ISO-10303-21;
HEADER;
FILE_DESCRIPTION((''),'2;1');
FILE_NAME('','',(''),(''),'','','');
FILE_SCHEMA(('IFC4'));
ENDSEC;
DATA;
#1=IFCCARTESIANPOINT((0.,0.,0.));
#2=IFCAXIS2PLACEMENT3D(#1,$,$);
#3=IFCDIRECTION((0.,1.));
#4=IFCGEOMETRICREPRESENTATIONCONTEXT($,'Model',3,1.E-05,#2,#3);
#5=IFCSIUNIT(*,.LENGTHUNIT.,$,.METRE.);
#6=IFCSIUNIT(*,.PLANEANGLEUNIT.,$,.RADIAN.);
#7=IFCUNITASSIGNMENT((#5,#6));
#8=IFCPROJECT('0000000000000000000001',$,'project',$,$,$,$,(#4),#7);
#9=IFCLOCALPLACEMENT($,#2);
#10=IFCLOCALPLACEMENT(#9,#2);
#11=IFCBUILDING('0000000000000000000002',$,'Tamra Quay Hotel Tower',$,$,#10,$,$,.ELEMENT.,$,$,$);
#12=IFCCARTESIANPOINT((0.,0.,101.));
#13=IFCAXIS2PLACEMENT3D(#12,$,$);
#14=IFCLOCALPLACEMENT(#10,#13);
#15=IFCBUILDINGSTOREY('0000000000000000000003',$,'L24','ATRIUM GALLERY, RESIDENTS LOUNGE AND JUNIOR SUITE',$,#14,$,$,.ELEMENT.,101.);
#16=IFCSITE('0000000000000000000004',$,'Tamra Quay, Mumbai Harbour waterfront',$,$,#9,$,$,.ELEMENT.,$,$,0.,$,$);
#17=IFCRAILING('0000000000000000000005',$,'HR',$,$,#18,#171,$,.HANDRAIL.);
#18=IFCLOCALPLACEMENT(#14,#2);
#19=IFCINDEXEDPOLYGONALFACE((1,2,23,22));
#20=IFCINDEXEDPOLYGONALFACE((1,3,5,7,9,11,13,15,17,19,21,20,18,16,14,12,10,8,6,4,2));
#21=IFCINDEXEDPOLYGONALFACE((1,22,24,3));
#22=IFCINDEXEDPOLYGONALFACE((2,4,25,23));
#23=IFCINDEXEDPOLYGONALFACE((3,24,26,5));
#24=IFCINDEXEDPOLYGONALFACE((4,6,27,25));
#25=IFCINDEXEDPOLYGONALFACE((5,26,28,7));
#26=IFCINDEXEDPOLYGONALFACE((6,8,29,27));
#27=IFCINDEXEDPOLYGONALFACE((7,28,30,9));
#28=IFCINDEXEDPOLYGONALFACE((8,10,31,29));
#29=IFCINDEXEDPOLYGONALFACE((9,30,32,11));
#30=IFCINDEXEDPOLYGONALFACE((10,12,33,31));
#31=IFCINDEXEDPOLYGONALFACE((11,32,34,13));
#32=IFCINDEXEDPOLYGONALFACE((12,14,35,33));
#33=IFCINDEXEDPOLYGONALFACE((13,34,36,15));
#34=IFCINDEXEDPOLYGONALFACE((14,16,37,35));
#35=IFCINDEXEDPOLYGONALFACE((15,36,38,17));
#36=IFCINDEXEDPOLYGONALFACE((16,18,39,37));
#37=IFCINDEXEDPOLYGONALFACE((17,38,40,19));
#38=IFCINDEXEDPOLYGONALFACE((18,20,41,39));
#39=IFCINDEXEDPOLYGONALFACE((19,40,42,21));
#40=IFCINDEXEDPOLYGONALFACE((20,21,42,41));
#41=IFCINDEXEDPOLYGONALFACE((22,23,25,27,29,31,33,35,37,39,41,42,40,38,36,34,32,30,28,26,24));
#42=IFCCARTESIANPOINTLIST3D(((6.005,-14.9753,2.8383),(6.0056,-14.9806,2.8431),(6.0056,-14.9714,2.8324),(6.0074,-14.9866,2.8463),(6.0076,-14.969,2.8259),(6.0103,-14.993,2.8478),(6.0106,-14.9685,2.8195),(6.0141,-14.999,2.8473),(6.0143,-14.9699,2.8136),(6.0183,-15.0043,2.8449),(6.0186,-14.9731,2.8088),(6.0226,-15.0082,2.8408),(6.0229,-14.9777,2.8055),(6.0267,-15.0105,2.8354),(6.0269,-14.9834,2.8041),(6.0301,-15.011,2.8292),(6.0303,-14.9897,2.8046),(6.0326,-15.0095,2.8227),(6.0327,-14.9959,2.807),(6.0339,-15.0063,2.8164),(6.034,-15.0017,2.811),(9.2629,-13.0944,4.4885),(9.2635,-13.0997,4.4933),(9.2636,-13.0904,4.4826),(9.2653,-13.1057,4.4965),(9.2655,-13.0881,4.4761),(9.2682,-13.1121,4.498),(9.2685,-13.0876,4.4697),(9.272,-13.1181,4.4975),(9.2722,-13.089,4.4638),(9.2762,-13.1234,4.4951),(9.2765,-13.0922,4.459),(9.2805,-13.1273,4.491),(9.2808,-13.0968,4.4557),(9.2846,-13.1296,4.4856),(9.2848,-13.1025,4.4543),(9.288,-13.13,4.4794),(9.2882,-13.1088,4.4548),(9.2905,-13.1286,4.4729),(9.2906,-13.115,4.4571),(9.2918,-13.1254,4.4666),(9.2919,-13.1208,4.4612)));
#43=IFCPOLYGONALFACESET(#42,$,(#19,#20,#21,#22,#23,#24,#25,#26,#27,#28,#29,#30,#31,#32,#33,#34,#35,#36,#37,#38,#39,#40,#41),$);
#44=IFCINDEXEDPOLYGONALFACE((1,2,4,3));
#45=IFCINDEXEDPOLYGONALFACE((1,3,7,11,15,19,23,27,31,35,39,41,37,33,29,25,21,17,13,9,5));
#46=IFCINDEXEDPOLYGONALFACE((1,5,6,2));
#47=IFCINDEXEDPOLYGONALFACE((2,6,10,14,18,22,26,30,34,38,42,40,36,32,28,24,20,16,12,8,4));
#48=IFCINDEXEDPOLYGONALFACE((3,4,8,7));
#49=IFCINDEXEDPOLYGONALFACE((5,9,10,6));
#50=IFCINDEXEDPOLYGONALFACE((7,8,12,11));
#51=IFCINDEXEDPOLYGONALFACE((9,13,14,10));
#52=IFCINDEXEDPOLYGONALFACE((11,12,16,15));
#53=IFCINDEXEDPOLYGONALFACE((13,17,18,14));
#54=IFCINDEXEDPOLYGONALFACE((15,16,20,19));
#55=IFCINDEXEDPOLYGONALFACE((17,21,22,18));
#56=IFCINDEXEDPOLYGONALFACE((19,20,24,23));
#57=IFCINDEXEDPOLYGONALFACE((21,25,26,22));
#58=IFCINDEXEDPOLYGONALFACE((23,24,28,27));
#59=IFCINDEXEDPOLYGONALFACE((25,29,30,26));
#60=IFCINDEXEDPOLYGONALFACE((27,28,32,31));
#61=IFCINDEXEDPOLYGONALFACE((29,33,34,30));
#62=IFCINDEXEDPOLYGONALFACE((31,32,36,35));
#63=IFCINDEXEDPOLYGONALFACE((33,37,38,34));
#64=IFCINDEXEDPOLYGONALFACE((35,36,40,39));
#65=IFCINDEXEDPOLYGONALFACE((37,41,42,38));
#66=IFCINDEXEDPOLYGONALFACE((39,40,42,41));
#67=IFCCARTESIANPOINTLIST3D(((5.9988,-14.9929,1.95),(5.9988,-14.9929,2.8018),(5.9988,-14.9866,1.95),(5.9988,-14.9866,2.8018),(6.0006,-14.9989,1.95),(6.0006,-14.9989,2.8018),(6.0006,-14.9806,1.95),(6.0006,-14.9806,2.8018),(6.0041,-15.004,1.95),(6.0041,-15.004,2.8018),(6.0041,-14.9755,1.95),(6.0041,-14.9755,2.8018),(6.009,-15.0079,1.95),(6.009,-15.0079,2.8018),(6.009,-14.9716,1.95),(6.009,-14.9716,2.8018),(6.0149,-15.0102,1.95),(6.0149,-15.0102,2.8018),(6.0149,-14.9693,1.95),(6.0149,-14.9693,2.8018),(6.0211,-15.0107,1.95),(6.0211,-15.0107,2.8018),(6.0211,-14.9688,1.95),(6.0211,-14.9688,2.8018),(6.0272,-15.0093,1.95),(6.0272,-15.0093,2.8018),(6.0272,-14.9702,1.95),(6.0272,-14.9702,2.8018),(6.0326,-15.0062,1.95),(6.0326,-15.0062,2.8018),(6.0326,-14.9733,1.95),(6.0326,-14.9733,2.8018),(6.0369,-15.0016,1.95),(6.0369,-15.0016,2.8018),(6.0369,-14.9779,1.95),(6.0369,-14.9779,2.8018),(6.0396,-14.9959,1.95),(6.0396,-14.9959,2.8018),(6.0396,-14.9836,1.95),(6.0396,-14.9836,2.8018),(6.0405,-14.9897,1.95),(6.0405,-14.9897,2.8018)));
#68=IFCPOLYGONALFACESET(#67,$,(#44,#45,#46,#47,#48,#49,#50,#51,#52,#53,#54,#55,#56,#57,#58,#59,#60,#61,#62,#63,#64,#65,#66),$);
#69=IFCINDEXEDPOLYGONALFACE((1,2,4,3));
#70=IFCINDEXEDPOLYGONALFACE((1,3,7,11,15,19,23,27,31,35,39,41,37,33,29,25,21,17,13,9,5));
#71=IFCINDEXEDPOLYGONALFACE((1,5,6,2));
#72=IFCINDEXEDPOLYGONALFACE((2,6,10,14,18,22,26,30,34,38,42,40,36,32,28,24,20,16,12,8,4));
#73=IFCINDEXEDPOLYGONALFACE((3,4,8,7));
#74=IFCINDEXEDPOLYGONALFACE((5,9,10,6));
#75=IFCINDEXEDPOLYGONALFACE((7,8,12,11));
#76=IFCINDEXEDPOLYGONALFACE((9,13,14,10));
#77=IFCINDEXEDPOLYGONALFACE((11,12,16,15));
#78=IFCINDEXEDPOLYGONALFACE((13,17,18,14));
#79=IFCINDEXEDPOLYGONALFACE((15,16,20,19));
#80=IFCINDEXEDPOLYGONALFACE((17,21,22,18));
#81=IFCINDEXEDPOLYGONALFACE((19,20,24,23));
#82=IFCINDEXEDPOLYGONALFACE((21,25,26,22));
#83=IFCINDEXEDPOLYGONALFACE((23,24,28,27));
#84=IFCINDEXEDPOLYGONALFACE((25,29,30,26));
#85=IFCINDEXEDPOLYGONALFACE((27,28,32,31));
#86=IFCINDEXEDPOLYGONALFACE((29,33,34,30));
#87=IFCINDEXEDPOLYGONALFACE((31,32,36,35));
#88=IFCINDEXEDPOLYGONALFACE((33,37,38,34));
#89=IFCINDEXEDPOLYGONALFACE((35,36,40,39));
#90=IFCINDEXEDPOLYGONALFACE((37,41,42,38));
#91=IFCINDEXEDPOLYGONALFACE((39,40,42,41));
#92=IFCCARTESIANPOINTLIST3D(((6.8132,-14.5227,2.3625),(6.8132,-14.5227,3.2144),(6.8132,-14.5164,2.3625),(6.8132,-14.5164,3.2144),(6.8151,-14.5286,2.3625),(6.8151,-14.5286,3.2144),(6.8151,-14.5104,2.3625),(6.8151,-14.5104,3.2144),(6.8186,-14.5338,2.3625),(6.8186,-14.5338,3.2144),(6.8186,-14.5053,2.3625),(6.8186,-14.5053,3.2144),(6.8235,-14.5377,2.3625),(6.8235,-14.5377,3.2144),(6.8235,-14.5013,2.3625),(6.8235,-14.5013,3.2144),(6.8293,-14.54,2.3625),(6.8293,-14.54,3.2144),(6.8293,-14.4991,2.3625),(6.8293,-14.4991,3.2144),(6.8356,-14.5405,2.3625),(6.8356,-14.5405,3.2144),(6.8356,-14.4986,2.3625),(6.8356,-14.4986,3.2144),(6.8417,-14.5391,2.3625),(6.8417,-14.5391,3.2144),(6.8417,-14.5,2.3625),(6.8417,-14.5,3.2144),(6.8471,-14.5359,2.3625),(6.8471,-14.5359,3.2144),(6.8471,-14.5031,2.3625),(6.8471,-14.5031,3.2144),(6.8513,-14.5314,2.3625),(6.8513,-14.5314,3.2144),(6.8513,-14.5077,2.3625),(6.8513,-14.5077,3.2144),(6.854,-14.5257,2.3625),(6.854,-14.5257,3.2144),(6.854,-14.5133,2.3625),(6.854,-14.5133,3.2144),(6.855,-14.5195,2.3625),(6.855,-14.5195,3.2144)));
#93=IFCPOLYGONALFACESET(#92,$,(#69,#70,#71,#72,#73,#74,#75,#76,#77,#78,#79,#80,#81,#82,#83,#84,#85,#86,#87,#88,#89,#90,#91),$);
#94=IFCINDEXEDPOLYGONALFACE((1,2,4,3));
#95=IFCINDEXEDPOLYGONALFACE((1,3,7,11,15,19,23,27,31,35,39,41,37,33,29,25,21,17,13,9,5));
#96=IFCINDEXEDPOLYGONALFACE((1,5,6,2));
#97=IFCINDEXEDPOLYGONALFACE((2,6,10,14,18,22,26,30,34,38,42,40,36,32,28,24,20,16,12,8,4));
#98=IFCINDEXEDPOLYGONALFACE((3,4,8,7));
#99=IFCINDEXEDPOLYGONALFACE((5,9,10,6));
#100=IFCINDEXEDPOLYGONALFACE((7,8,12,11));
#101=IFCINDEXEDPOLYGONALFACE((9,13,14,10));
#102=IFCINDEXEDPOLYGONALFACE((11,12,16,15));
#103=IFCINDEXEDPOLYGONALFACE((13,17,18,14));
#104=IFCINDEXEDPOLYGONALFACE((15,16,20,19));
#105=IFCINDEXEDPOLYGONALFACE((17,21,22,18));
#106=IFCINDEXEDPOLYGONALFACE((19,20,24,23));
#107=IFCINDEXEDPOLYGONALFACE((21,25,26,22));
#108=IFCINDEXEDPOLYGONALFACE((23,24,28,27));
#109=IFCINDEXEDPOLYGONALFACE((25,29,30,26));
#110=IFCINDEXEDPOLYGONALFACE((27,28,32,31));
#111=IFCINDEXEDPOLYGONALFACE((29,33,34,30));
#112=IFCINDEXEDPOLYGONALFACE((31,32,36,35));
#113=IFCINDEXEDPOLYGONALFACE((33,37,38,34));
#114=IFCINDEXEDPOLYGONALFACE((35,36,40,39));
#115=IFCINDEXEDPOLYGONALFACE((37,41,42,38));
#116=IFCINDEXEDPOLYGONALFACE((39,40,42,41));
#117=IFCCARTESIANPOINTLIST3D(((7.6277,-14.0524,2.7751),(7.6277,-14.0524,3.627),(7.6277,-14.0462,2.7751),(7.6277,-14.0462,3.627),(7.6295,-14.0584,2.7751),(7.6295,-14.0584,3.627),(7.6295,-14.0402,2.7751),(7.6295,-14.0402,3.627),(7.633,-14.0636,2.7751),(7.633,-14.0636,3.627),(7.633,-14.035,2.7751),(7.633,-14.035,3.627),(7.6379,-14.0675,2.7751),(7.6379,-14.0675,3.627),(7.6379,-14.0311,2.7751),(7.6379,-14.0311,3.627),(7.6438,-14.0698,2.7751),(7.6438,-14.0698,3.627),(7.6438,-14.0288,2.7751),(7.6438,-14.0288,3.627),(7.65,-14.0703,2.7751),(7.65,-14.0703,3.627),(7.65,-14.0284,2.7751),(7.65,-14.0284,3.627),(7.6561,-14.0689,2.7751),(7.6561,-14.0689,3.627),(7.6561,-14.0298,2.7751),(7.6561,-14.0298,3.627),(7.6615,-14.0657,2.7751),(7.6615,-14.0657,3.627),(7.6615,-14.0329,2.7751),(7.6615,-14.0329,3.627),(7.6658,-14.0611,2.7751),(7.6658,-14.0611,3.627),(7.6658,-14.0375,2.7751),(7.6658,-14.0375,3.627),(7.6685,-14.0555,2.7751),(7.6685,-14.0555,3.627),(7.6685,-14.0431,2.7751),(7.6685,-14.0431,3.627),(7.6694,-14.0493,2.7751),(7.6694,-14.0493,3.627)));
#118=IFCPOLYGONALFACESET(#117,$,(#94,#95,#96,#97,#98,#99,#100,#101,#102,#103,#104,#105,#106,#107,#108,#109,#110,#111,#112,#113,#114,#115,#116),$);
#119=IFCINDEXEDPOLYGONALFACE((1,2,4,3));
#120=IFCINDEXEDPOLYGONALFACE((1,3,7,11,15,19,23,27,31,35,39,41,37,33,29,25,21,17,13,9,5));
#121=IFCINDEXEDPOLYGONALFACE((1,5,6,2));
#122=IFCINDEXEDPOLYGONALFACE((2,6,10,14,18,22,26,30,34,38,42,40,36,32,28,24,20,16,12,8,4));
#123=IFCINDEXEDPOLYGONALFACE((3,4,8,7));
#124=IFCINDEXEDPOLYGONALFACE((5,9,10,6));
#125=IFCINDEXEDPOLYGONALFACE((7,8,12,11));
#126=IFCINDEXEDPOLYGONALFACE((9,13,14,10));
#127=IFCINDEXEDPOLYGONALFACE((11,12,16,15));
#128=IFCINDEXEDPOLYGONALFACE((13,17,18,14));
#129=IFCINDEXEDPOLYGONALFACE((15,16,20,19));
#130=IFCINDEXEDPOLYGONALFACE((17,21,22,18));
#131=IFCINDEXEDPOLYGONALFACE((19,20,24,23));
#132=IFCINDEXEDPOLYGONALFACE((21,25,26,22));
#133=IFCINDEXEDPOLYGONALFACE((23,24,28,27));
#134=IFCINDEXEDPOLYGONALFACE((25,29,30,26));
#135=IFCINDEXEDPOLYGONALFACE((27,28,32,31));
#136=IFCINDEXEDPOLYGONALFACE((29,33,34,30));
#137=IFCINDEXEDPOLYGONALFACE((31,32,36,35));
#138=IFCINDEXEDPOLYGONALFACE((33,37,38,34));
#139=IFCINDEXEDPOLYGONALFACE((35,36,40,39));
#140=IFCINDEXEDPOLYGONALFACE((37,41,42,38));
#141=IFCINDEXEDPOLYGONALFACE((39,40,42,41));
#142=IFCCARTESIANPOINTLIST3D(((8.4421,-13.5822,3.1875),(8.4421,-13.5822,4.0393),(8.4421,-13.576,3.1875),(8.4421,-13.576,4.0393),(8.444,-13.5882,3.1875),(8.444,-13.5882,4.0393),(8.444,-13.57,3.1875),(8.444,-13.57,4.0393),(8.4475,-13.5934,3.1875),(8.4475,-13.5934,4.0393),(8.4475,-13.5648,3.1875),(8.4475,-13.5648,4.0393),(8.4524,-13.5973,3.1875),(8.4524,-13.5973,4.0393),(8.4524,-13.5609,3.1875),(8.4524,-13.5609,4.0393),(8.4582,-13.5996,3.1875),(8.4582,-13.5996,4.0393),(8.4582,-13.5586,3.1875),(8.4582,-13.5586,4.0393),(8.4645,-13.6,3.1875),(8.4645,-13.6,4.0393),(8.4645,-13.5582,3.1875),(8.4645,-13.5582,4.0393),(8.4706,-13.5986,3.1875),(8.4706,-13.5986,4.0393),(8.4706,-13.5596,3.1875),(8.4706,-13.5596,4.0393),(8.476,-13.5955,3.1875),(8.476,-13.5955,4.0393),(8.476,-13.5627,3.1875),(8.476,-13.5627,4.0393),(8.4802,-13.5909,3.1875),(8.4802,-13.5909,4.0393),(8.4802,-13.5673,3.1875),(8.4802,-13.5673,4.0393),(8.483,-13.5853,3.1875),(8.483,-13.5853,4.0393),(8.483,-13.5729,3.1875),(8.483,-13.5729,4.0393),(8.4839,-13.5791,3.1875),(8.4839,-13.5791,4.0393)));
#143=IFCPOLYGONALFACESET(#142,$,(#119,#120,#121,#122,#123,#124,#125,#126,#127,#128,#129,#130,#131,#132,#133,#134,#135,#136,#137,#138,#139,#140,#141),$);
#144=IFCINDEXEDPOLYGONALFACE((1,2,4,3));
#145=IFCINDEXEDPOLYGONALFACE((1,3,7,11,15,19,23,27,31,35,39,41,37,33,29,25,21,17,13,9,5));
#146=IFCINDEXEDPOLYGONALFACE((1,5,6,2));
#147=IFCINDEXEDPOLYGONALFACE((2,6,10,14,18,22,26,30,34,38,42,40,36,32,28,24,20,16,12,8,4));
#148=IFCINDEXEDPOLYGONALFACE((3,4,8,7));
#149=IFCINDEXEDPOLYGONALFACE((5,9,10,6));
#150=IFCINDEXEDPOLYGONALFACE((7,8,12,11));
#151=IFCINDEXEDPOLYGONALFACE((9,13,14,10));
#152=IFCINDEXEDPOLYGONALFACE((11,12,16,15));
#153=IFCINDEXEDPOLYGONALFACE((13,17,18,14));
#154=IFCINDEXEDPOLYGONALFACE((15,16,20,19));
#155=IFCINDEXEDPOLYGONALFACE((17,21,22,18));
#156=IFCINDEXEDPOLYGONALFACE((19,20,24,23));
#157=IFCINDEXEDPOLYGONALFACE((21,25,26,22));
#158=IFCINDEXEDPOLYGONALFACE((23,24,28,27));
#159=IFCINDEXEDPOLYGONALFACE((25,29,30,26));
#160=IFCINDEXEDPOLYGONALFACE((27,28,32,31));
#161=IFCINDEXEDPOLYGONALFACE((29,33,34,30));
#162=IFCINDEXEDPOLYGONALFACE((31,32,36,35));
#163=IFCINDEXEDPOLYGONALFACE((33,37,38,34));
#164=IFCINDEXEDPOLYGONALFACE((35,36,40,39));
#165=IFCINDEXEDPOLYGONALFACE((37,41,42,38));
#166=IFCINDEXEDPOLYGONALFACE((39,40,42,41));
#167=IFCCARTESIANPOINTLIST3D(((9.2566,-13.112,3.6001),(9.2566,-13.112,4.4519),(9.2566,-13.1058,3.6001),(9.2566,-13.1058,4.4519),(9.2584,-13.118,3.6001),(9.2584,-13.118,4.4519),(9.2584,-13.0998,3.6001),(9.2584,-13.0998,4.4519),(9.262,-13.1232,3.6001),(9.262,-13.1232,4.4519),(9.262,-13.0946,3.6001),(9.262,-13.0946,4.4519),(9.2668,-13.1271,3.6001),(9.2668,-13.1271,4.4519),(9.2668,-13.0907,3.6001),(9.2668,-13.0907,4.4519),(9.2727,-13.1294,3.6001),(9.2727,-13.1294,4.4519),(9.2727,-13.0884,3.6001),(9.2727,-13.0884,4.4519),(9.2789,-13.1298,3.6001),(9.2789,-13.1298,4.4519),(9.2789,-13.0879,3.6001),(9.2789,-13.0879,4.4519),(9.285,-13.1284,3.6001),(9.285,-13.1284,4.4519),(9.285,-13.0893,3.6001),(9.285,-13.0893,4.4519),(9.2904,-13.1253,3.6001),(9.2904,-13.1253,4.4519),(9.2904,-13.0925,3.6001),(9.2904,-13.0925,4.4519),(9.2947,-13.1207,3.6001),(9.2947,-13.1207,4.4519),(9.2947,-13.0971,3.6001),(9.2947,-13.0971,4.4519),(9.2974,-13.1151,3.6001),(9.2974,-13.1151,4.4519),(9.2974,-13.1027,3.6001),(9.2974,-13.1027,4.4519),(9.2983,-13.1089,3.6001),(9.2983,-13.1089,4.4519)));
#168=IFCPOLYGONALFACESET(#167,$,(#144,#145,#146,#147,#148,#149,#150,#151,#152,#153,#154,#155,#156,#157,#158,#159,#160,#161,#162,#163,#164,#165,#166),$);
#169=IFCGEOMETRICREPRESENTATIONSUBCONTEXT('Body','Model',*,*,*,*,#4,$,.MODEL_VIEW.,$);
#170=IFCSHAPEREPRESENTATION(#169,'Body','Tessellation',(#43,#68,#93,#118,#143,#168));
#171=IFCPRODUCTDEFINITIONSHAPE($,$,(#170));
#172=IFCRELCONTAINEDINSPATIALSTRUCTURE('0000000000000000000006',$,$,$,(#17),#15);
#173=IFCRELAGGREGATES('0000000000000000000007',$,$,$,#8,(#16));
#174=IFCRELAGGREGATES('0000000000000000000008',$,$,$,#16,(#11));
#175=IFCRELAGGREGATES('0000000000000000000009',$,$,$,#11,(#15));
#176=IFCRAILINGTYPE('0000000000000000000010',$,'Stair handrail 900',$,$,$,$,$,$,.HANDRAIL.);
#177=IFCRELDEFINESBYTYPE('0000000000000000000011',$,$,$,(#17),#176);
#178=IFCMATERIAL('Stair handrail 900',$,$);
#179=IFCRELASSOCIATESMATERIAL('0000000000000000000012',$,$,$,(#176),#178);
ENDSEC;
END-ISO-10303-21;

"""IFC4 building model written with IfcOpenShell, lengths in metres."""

from ifc_helpers import new_model, si_unit, direction, frame, origin, origin_2d, place, context, subcontext, project, spatial, circle, extrude, material, type_object, element, save


model = new_model("IFC4")

# Units and contexts
model_context = context("Model", 3, precision=1e-05, world=origin(), true_north=direction((0.0, 1.0)))
body_context = subcontext(model_context, "Body", "Model", "MODEL_VIEW")
ifc_project = project(units=[si_unit("LENGTHUNIT", "METRE"), si_unit("PLANEANGLEUNIT", "RADIAN")], contexts=[model_context])

# Site, building, storey
site_placement = place(None, origin())
site = spatial("IfcSite", under=ifc_project, at=site_placement, Name="Tamra Quay, Mumbai Harbour waterfront", CompositionType="ELEMENT", RefElevation=0.0)
building_placement = place(site_placement, origin())
building = spatial("IfcBuilding", under=site, at=building_placement, Name="Tamra Quay Hotel Tower", CompositionType="ELEMENT")
storey_placement = place(building_placement, frame((0.0, 0.0, 101.0)))
storey = spatial("IfcBuildingStorey", under=building, at=storey_placement, Name="L24", Description="ATRIUM GALLERY, RESIDENTS LOUNGE AND JUNIOR SUITE", CompositionType="ELEMENT", Elevation=101.0)

# Railing
ifc_material_1 = material(Name="Stair handrail 900")
railing_type_1 = type_object("IfcRailingType", Name="Stair handrail 900", PredefinedType="HANDRAIL", material=ifc_material_1)
railing_1_placement = place(storey_placement, frame((6.0195, -14.9897, 1.95)))
element("IfcRailing", 1, at=railing_1_placement, inside=storey, type_object=railing_type_1, Name="HR", PredefinedType="HANDRAIL", context=body_context, shape_type="SweptSolid", body=[
    extrude(circle(Radius=0.0239, at=origin_2d()), frame((0.0, 0.0, 0.876), z_axis=(0.793081, 0.457876, 0.401711), x_axis=(-0.499992, 0.86603, 0.0)), (0.0, 0.0, 1.0), 4.1079),
    extrude(circle(Radius=0.021, at=origin_2d()), origin(), (0.0, 0.0, 1.0), 0.8518),
    extrude(circle(Radius=0.021, at=origin_2d()), frame((0.8145, 0.4702, 0.4126)), (0.0, 0.0, 1.0), 0.8518),
    extrude(circle(Radius=0.021, at=origin_2d()), frame((1.6289, 0.9404, 0.8252)), (0.0, 0.0, 1.0), 0.8518),
    extrude(circle(Radius=0.021, at=origin_2d()), frame((2.4434, 1.4106, 1.2375)), (0.0, 0.0, 1.0), 0.8518),
    extrude(circle(Radius=0.021, at=origin_2d()), frame((3.2578, 1.8809, 1.6501)), (0.0, 0.0, 1.0), 0.8518),
])

save(model, "model.ifc")
